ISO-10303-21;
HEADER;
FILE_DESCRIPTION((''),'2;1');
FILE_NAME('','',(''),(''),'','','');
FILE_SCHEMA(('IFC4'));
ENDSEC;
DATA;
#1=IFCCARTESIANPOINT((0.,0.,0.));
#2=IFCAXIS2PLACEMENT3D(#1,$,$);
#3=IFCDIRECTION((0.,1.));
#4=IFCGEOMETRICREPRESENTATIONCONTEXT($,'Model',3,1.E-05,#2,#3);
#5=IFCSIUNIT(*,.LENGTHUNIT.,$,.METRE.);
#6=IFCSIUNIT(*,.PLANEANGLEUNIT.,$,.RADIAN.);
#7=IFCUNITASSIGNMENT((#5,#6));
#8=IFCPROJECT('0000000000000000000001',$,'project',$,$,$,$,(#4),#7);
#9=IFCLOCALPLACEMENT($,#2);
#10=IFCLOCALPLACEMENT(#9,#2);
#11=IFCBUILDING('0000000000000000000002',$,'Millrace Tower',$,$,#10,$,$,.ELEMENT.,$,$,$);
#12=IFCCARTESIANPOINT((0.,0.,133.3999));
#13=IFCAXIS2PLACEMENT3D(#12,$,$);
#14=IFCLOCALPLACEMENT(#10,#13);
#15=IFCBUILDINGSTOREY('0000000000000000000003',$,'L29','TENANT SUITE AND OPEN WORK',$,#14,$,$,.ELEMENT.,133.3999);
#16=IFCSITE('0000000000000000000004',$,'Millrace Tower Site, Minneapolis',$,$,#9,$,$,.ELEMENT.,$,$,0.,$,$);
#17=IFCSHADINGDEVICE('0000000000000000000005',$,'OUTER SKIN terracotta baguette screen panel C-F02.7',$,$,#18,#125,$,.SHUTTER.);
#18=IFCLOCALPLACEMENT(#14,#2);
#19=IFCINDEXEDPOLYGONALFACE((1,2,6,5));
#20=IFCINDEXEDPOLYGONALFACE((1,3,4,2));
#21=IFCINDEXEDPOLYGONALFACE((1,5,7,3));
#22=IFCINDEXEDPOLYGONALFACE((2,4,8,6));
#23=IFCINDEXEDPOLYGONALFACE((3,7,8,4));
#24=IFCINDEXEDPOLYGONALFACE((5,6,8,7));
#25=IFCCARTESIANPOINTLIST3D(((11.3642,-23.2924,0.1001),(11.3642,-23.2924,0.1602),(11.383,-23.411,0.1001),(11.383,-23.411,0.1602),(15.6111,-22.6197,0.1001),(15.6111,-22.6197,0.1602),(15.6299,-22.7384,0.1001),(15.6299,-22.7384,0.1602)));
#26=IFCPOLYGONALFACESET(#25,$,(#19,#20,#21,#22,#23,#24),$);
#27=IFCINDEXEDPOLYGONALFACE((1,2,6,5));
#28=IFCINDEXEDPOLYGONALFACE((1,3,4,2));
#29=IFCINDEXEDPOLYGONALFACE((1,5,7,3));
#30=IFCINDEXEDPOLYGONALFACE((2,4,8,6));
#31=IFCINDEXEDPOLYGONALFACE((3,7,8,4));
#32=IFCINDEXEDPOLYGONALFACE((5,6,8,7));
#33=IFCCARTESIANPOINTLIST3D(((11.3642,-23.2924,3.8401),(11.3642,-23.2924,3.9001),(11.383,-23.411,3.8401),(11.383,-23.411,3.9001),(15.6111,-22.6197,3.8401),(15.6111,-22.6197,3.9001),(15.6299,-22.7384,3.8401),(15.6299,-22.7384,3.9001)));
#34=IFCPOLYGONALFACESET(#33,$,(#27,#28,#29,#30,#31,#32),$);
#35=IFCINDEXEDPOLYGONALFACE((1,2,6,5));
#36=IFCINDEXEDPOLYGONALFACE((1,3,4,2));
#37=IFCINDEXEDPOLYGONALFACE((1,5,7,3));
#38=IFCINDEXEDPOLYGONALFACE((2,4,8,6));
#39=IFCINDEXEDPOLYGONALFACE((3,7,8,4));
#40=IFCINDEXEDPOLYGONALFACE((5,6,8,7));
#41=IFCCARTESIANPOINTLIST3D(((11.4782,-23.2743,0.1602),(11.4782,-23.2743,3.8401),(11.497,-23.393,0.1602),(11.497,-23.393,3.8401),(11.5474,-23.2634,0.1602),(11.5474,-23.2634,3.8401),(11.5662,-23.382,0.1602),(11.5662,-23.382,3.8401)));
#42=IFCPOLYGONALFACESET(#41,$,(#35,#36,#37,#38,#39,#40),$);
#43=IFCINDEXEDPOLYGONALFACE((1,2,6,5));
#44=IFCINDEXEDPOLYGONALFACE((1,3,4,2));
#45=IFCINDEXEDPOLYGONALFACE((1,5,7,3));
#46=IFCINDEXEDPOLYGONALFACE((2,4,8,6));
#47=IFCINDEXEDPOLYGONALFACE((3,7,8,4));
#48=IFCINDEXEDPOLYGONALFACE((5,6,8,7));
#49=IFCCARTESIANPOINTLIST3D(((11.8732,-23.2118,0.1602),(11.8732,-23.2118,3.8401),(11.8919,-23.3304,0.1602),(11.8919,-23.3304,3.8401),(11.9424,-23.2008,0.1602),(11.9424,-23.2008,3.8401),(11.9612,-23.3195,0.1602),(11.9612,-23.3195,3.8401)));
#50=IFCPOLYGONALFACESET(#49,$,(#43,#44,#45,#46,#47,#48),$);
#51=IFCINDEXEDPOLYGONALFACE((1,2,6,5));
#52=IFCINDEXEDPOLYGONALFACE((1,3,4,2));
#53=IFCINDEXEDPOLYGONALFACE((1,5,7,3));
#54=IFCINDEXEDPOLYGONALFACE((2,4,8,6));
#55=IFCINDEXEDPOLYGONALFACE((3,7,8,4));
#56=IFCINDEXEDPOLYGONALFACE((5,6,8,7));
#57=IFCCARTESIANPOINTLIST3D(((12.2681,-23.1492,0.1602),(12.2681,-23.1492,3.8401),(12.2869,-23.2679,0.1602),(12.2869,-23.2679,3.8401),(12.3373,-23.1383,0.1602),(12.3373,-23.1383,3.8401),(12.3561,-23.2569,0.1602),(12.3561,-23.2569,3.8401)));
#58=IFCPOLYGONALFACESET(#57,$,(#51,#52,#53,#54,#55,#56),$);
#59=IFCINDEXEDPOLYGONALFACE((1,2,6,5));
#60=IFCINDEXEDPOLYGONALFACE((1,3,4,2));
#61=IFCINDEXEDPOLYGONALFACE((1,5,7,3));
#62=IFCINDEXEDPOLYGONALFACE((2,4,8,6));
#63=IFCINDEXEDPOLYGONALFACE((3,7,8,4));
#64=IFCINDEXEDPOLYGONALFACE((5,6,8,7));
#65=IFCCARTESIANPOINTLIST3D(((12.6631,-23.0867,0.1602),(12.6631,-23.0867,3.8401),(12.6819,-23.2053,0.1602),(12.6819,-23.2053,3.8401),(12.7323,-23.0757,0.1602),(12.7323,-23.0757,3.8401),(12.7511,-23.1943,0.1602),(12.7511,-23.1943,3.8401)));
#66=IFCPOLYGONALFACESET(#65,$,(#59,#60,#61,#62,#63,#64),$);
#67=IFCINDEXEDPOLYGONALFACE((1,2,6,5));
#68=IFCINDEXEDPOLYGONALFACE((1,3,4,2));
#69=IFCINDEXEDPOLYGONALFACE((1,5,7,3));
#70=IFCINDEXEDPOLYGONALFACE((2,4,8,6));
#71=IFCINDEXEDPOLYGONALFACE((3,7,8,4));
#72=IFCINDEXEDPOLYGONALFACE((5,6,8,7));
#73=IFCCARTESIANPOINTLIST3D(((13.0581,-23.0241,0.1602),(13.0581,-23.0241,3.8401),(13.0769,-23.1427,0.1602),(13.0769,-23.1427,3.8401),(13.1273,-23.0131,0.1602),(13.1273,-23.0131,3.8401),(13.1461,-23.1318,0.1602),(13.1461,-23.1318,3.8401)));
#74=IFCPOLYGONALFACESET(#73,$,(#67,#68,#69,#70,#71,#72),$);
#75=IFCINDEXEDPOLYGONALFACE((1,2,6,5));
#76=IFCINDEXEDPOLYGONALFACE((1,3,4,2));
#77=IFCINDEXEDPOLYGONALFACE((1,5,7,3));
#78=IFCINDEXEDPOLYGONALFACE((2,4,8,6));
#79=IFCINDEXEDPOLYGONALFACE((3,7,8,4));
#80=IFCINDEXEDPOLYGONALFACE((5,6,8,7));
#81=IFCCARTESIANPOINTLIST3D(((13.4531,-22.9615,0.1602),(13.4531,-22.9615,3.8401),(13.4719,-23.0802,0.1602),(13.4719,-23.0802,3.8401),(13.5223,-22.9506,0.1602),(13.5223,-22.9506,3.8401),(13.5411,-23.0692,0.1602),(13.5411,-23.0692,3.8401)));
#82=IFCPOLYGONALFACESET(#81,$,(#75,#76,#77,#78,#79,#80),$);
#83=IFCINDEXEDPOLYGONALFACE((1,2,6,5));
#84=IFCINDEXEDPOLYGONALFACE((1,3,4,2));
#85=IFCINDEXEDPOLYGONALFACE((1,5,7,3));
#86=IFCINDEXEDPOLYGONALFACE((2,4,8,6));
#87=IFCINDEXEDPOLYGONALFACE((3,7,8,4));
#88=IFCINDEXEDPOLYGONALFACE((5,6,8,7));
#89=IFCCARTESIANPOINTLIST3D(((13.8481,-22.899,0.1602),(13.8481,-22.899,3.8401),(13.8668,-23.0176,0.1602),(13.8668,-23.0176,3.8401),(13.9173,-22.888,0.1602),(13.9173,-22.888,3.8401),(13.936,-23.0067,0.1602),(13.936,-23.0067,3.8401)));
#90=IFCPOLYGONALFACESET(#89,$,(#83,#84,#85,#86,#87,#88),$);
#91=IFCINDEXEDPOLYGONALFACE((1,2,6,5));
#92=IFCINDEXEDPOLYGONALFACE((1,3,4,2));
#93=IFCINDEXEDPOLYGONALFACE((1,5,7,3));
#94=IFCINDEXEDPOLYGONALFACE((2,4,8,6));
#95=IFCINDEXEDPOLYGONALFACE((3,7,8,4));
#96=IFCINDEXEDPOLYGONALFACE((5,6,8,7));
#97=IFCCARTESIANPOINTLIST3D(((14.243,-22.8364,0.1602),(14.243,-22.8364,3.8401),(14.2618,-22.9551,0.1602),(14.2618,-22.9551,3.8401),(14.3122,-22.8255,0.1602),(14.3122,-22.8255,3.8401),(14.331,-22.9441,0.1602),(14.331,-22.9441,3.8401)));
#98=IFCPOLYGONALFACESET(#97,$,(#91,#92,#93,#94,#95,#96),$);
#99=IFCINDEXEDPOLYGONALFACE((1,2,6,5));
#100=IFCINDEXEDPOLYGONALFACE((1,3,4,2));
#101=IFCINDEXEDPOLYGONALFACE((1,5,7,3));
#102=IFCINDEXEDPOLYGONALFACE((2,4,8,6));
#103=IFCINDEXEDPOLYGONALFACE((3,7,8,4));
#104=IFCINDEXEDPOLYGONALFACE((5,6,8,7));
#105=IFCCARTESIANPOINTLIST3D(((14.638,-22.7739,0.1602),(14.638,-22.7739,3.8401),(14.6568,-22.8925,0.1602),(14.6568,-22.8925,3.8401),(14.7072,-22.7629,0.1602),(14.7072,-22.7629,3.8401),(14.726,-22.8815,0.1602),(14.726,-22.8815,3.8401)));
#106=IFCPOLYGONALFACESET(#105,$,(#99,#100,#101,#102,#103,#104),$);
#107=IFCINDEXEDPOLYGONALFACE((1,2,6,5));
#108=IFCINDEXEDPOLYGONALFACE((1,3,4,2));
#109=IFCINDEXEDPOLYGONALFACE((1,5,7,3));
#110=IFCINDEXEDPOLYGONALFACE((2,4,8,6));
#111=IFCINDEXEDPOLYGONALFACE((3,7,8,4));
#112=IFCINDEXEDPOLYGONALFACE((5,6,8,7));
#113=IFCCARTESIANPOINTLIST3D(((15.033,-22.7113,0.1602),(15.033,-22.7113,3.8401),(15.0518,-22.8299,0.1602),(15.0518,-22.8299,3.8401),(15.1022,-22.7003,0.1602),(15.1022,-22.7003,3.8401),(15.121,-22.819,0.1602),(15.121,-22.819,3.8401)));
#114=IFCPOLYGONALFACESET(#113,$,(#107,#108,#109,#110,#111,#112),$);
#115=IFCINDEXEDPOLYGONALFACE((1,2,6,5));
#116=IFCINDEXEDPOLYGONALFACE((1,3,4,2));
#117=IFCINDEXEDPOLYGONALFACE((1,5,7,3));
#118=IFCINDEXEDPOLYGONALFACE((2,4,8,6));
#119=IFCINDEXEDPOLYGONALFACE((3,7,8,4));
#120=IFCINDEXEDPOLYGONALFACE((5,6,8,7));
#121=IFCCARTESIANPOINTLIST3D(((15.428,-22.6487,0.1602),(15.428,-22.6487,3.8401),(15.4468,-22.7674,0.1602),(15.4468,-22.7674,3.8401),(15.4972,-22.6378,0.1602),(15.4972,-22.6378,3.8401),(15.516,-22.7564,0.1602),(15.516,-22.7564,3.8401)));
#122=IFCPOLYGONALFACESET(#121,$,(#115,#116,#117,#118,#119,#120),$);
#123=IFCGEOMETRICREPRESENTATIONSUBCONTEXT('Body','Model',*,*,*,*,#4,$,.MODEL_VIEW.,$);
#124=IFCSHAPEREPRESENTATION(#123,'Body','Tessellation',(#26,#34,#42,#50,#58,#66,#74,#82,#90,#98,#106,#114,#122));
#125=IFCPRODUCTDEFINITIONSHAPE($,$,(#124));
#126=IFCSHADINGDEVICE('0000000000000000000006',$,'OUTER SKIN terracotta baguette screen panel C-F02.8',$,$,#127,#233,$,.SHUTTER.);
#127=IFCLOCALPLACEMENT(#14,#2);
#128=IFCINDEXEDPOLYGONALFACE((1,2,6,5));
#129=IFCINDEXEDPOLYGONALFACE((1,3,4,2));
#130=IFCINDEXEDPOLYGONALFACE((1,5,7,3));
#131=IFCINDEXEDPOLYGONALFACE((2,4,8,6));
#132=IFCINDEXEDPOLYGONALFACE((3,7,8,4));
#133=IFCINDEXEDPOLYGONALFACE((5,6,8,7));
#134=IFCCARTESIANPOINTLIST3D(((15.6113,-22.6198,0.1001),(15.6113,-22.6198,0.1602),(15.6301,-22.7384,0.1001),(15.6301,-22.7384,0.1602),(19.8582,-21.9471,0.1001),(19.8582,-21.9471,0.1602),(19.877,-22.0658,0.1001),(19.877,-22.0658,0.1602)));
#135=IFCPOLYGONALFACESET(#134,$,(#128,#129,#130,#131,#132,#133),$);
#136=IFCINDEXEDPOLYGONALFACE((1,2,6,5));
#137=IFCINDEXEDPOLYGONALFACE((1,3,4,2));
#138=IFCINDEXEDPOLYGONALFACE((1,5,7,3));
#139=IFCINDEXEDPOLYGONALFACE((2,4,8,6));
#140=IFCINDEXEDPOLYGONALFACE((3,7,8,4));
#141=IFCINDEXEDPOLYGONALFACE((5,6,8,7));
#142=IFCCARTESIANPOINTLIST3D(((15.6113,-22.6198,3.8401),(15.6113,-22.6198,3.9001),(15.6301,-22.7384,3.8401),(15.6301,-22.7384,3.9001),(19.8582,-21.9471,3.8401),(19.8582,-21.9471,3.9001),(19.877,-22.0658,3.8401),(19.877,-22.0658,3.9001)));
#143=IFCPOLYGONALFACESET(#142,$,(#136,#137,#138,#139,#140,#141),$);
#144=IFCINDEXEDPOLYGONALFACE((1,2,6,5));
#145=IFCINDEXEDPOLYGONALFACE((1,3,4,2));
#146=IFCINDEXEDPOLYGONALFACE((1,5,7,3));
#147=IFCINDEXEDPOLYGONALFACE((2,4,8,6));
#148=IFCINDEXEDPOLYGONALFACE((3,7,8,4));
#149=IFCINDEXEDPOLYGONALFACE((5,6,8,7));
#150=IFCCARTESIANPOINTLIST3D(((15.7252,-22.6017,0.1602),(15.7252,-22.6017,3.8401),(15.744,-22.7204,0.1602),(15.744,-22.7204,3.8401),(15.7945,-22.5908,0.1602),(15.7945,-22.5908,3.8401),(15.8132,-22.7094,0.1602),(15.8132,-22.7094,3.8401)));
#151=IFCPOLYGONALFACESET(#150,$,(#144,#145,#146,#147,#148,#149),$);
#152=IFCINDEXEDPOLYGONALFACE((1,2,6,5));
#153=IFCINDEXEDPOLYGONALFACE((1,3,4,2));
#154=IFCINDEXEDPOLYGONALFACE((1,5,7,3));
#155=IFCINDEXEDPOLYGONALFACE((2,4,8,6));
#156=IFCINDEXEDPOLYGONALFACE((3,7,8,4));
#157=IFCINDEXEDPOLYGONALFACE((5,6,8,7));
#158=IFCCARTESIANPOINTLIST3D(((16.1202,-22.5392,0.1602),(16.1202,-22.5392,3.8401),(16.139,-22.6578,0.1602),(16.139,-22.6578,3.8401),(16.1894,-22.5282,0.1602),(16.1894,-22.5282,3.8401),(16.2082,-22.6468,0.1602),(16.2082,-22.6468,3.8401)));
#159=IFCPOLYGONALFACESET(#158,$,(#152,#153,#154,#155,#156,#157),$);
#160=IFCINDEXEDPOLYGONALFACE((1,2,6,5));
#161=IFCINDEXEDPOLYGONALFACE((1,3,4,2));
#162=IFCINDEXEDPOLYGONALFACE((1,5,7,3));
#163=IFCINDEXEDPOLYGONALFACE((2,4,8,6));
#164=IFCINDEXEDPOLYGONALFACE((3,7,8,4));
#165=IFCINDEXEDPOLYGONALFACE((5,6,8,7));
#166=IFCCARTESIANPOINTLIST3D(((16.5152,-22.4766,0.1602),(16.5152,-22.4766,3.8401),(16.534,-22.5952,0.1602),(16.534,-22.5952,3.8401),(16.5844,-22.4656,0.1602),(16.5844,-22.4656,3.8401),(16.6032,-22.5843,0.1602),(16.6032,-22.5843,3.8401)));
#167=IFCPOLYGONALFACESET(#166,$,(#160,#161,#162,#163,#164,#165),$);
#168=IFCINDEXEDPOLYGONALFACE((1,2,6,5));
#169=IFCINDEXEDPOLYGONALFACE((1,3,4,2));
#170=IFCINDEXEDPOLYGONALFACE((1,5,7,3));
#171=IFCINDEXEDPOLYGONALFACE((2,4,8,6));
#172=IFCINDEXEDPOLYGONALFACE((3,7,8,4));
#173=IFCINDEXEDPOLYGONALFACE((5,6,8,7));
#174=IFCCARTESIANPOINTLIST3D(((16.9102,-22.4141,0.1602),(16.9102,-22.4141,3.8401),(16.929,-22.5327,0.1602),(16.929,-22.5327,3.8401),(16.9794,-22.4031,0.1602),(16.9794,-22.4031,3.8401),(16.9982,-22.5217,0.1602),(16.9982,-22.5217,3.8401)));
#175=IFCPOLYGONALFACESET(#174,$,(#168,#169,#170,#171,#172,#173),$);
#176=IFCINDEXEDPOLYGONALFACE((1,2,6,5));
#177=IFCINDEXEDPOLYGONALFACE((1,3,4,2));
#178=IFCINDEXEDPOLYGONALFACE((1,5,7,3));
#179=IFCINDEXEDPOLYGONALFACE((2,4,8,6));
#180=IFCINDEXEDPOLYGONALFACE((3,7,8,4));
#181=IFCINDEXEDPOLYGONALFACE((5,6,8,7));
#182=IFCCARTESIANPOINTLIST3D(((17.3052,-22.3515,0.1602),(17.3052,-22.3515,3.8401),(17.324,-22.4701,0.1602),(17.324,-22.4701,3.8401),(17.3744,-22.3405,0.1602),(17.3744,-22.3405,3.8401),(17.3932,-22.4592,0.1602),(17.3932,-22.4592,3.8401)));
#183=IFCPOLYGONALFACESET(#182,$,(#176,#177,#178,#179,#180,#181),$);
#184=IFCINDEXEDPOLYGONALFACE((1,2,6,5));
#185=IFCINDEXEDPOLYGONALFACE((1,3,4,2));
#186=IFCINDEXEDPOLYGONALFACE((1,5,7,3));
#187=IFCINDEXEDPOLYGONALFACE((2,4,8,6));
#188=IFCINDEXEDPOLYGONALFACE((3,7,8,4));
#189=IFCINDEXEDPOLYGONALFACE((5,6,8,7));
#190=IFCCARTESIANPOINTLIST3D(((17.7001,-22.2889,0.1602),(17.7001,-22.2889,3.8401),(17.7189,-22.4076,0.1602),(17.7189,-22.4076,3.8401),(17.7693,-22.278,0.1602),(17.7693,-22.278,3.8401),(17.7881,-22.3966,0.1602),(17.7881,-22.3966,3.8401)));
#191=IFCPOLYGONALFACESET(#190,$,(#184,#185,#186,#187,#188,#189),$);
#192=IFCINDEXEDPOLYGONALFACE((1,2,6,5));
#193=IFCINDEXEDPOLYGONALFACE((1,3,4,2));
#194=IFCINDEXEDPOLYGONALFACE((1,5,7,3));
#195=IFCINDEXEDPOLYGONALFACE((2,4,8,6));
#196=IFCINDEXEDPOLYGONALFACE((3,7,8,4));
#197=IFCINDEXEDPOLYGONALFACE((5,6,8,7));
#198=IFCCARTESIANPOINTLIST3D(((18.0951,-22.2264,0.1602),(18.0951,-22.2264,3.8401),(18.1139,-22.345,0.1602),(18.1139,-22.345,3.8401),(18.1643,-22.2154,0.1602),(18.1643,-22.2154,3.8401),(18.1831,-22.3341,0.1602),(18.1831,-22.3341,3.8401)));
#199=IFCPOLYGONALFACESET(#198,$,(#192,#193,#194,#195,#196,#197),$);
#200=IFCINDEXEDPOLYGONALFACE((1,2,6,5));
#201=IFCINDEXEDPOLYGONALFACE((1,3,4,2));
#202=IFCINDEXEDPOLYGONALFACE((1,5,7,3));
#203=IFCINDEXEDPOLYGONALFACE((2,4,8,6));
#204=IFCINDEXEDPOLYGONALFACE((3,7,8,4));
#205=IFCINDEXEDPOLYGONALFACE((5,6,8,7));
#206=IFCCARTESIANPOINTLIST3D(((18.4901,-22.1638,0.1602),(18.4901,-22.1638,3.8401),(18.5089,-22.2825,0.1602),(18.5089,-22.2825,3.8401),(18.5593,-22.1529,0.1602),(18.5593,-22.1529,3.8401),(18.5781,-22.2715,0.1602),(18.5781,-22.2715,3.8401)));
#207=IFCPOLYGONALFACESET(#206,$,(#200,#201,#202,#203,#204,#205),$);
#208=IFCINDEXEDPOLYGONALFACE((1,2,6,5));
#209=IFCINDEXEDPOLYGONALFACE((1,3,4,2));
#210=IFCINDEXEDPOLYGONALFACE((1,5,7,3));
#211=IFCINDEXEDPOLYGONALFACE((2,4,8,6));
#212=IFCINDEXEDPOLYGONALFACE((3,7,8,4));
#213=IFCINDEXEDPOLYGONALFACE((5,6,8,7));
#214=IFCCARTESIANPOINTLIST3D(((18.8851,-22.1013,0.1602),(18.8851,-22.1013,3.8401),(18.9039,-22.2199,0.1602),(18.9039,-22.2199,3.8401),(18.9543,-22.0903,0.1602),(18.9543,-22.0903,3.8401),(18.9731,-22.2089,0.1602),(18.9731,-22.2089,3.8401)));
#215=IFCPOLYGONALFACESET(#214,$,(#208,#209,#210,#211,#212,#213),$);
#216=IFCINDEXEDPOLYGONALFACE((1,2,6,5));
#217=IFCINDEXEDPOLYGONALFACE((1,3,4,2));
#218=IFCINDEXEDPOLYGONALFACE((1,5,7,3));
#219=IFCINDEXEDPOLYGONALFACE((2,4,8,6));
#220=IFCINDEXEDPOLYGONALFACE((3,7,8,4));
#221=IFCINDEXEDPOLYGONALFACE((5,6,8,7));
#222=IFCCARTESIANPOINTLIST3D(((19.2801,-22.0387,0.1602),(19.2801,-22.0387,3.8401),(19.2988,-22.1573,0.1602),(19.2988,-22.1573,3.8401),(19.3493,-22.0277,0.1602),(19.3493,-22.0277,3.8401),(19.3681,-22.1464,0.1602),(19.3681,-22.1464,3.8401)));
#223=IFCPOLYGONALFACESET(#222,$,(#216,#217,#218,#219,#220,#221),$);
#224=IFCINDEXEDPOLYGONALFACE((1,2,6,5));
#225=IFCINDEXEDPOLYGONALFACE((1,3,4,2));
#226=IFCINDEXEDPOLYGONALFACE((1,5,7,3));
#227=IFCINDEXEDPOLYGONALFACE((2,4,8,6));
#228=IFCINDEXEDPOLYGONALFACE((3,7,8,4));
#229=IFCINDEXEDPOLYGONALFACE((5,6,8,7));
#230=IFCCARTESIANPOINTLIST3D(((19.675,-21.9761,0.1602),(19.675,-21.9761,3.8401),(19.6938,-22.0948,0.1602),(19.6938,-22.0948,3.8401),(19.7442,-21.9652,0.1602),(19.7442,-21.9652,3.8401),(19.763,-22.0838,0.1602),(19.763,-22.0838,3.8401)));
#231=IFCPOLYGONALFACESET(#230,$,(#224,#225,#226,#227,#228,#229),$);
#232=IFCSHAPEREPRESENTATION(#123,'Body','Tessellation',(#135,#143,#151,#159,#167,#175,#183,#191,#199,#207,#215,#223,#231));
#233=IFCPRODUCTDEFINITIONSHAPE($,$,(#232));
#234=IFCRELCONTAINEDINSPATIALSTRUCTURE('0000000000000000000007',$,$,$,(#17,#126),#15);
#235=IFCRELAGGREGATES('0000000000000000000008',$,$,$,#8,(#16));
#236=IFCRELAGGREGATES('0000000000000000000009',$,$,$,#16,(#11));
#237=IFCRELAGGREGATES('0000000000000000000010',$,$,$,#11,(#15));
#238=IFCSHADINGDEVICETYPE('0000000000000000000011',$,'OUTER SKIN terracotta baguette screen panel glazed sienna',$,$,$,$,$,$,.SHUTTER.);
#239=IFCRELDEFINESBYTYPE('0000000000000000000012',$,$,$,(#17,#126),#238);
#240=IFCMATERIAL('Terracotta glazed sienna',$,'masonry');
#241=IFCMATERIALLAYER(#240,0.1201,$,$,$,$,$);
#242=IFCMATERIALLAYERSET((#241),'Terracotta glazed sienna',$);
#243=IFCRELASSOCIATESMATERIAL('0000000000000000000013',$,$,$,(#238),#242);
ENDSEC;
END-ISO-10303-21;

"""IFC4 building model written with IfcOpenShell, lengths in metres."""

from ifc_helpers import new_model, entity, si_unit, direction, frame, frame_2d, origin, origin_2d, place, context, subcontext, project, spatial, rectangle, extrude, source, transform, mapped, material, layer, layer_set, type_object, element, save


model = new_model("IFC4")

# Units and contexts
model_context = context("Model", 3, precision=1e-05, world=origin(), true_north=direction((0.0, 1.0)))
body_context = subcontext(model_context, "Body", "Model", "MODEL_VIEW")
ifc_project = project(units=[si_unit("LENGTHUNIT", "METRE"), si_unit("PLANEANGLEUNIT", "RADIAN")], contexts=[model_context])

# Site, building, storey
site_placement = place(None, origin())
site = spatial("IfcSite", under=ifc_project, at=site_placement, Name="Millrace Tower Site, Minneapolis", CompositionType="ELEMENT", RefElevation=0.0)
building_placement = place(site_placement, origin())
building = spatial("IfcBuilding", under=site, at=building_placement, Name="Millrace Tower", CompositionType="ELEMENT")
storey_placement = place(building_placement, frame((0.0, 0.0, 133.3999)))
storey = spatial("IfcBuildingStorey", under=building, at=storey_placement, Name="L29", Description="TENANT SUITE AND OPEN WORK", CompositionType="ELEMENT", Elevation=133.3999)

# Shading devices
ifc_material_1 = material(Name="Terracotta glazed sienna", Category="masonry")
ifc_layer_1 = layer(ifc_material_1, 0.1201)
ifc_layer_set_1 = layer_set([ifc_layer_1], Name="Terracotta glazed sienna")
shading_device_type = type_object("IfcShadingDeviceType", Name="OUTER SKIN terracotta baguette screen panel glazed sienna", PredefinedType="SHUTTER", material=ifc_layer_set_1)
cartesian_point_1 = entity("IfcCartesianPoint", [-2.1499, 0.0601])
shared_polyline_1 = entity("IfcPolyline", [cartesian_point_1, entity("IfcCartesianPoint", [2.1499, 0.0601]), entity("IfcCartesianPoint", [2.1499, -0.0601]), entity("IfcCartesianPoint", [-2.1499, -0.0601]), cartesian_point_1])
shared_shape_1 = source(origin(), body_context, "Body", "SweptSolid", [
    entity("IfcExtrudedAreaSolid", entity("IfcArbitraryClosedProfileDef", "AREA", None, shared_polyline_1), entity("IfcAxis2Placement3D", entity("IfcCartesianPoint", [0.0, 0.0, 0.0])), entity("IfcDirection", [0.0, 0.0, 1.0]), 0.0601),
    entity("IfcExtrudedAreaSolid", entity("IfcArbitraryClosedProfileDef", "AREA", None, shared_polyline_1), entity("IfcAxis2Placement3D", entity("IfcCartesianPoint", [0.0, 0.0, 3.74])), entity("IfcDirection", [0.0, 0.0, 1.0]), 0.0601),
    extrude(rectangle(XDim=0.0701, YDim=0.1201, at=frame_2d((-1.9995, 0.0))), frame((0.0, 0.0, 0.0601)), (0.0, 0.0, 1.0), 3.6799),
    extrude(rectangle(XDim=0.0701, YDim=0.1201, at=frame_2d((-1.5996, 0.0))), frame((0.0, 0.0, 0.0601)), (0.0, 0.0, 1.0), 3.6799),
    extrude(rectangle(XDim=0.0701, YDim=0.1201, at=frame_2d((-1.1997, 0.0))), frame((0.0, 0.0, 0.0601)), (0.0, 0.0, 1.0), 3.6799),
    extrude(rectangle(XDim=0.0701, YDim=0.1201, at=frame_2d((-0.7998, 0.0))), frame((0.0, 0.0, 0.0601)), (0.0, 0.0, 1.0), 3.6799),
    extrude(rectangle(XDim=0.0701, YDim=0.1201, at=frame_2d((-0.3999, 0.0))), frame((0.0, 0.0, 0.0601)), (0.0, 0.0, 1.0), 3.6799),
    extrude(rectangle(XDim=0.0701, YDim=0.1201, at=origin_2d()), frame((0.0, 0.0, 0.0601)), (0.0, 0.0, 1.0), 3.6799),
    extrude(rectangle(XDim=0.0701, YDim=0.1201, at=frame_2d((0.3999, 0.0))), frame((0.0, 0.0, 0.0601)), (0.0, 0.0, 1.0), 3.6799),
    extrude(rectangle(XDim=0.0701, YDim=0.1201, at=frame_2d((0.7998, 0.0))), frame((0.0, 0.0, 0.0601)), (0.0, 0.0, 1.0), 3.6799),
    extrude(rectangle(XDim=0.0701, YDim=0.1201, at=frame_2d((1.1997, 0.0))), frame((0.0, 0.0, 0.0601)), (0.0, 0.0, 1.0), 3.6799),
    extrude(rectangle(XDim=0.0701, YDim=0.1201, at=frame_2d((1.5996, 0.0))), frame((0.0, 0.0, 0.0601)), (0.0, 0.0, 1.0), 3.6799),
    extrude(rectangle(XDim=0.0701, YDim=0.1201, at=frame_2d((1.9995, 0.0))), frame((0.0, 0.0, 0.0601)), (0.0, 0.0, 1.0), 3.6799),
])
for number, where, z_axis, x_axis, name in (
    (1, (13.4971, -23.0154, 0.1001), (0.0, 0.0, 1.0), (0.987688, 0.156434, 0.0), "OUTER SKIN terracotta baguette screen panel C-F02.7"),
    (2, (17.7441, -22.3428, 0.1001), (0.0, 0.0, 1.0), (0.987688, 0.156434, 0.0), "OUTER SKIN terracotta baguette screen panel C-F02.8"),
):
    element("IfcShadingDevice", number, at=place(storey_placement, frame(where, z_axis=z_axis, x_axis=x_axis)), inside=storey, type_object=shading_device_type, Name=name, PredefinedType="SHUTTER", context=body_context, shape_type="MappedRepresentation", body=[
        mapped(shared_shape_1, transform((0.0, 0.0, 0.0), scale=1.0)),
    ])

save(model, "model.ifc")
